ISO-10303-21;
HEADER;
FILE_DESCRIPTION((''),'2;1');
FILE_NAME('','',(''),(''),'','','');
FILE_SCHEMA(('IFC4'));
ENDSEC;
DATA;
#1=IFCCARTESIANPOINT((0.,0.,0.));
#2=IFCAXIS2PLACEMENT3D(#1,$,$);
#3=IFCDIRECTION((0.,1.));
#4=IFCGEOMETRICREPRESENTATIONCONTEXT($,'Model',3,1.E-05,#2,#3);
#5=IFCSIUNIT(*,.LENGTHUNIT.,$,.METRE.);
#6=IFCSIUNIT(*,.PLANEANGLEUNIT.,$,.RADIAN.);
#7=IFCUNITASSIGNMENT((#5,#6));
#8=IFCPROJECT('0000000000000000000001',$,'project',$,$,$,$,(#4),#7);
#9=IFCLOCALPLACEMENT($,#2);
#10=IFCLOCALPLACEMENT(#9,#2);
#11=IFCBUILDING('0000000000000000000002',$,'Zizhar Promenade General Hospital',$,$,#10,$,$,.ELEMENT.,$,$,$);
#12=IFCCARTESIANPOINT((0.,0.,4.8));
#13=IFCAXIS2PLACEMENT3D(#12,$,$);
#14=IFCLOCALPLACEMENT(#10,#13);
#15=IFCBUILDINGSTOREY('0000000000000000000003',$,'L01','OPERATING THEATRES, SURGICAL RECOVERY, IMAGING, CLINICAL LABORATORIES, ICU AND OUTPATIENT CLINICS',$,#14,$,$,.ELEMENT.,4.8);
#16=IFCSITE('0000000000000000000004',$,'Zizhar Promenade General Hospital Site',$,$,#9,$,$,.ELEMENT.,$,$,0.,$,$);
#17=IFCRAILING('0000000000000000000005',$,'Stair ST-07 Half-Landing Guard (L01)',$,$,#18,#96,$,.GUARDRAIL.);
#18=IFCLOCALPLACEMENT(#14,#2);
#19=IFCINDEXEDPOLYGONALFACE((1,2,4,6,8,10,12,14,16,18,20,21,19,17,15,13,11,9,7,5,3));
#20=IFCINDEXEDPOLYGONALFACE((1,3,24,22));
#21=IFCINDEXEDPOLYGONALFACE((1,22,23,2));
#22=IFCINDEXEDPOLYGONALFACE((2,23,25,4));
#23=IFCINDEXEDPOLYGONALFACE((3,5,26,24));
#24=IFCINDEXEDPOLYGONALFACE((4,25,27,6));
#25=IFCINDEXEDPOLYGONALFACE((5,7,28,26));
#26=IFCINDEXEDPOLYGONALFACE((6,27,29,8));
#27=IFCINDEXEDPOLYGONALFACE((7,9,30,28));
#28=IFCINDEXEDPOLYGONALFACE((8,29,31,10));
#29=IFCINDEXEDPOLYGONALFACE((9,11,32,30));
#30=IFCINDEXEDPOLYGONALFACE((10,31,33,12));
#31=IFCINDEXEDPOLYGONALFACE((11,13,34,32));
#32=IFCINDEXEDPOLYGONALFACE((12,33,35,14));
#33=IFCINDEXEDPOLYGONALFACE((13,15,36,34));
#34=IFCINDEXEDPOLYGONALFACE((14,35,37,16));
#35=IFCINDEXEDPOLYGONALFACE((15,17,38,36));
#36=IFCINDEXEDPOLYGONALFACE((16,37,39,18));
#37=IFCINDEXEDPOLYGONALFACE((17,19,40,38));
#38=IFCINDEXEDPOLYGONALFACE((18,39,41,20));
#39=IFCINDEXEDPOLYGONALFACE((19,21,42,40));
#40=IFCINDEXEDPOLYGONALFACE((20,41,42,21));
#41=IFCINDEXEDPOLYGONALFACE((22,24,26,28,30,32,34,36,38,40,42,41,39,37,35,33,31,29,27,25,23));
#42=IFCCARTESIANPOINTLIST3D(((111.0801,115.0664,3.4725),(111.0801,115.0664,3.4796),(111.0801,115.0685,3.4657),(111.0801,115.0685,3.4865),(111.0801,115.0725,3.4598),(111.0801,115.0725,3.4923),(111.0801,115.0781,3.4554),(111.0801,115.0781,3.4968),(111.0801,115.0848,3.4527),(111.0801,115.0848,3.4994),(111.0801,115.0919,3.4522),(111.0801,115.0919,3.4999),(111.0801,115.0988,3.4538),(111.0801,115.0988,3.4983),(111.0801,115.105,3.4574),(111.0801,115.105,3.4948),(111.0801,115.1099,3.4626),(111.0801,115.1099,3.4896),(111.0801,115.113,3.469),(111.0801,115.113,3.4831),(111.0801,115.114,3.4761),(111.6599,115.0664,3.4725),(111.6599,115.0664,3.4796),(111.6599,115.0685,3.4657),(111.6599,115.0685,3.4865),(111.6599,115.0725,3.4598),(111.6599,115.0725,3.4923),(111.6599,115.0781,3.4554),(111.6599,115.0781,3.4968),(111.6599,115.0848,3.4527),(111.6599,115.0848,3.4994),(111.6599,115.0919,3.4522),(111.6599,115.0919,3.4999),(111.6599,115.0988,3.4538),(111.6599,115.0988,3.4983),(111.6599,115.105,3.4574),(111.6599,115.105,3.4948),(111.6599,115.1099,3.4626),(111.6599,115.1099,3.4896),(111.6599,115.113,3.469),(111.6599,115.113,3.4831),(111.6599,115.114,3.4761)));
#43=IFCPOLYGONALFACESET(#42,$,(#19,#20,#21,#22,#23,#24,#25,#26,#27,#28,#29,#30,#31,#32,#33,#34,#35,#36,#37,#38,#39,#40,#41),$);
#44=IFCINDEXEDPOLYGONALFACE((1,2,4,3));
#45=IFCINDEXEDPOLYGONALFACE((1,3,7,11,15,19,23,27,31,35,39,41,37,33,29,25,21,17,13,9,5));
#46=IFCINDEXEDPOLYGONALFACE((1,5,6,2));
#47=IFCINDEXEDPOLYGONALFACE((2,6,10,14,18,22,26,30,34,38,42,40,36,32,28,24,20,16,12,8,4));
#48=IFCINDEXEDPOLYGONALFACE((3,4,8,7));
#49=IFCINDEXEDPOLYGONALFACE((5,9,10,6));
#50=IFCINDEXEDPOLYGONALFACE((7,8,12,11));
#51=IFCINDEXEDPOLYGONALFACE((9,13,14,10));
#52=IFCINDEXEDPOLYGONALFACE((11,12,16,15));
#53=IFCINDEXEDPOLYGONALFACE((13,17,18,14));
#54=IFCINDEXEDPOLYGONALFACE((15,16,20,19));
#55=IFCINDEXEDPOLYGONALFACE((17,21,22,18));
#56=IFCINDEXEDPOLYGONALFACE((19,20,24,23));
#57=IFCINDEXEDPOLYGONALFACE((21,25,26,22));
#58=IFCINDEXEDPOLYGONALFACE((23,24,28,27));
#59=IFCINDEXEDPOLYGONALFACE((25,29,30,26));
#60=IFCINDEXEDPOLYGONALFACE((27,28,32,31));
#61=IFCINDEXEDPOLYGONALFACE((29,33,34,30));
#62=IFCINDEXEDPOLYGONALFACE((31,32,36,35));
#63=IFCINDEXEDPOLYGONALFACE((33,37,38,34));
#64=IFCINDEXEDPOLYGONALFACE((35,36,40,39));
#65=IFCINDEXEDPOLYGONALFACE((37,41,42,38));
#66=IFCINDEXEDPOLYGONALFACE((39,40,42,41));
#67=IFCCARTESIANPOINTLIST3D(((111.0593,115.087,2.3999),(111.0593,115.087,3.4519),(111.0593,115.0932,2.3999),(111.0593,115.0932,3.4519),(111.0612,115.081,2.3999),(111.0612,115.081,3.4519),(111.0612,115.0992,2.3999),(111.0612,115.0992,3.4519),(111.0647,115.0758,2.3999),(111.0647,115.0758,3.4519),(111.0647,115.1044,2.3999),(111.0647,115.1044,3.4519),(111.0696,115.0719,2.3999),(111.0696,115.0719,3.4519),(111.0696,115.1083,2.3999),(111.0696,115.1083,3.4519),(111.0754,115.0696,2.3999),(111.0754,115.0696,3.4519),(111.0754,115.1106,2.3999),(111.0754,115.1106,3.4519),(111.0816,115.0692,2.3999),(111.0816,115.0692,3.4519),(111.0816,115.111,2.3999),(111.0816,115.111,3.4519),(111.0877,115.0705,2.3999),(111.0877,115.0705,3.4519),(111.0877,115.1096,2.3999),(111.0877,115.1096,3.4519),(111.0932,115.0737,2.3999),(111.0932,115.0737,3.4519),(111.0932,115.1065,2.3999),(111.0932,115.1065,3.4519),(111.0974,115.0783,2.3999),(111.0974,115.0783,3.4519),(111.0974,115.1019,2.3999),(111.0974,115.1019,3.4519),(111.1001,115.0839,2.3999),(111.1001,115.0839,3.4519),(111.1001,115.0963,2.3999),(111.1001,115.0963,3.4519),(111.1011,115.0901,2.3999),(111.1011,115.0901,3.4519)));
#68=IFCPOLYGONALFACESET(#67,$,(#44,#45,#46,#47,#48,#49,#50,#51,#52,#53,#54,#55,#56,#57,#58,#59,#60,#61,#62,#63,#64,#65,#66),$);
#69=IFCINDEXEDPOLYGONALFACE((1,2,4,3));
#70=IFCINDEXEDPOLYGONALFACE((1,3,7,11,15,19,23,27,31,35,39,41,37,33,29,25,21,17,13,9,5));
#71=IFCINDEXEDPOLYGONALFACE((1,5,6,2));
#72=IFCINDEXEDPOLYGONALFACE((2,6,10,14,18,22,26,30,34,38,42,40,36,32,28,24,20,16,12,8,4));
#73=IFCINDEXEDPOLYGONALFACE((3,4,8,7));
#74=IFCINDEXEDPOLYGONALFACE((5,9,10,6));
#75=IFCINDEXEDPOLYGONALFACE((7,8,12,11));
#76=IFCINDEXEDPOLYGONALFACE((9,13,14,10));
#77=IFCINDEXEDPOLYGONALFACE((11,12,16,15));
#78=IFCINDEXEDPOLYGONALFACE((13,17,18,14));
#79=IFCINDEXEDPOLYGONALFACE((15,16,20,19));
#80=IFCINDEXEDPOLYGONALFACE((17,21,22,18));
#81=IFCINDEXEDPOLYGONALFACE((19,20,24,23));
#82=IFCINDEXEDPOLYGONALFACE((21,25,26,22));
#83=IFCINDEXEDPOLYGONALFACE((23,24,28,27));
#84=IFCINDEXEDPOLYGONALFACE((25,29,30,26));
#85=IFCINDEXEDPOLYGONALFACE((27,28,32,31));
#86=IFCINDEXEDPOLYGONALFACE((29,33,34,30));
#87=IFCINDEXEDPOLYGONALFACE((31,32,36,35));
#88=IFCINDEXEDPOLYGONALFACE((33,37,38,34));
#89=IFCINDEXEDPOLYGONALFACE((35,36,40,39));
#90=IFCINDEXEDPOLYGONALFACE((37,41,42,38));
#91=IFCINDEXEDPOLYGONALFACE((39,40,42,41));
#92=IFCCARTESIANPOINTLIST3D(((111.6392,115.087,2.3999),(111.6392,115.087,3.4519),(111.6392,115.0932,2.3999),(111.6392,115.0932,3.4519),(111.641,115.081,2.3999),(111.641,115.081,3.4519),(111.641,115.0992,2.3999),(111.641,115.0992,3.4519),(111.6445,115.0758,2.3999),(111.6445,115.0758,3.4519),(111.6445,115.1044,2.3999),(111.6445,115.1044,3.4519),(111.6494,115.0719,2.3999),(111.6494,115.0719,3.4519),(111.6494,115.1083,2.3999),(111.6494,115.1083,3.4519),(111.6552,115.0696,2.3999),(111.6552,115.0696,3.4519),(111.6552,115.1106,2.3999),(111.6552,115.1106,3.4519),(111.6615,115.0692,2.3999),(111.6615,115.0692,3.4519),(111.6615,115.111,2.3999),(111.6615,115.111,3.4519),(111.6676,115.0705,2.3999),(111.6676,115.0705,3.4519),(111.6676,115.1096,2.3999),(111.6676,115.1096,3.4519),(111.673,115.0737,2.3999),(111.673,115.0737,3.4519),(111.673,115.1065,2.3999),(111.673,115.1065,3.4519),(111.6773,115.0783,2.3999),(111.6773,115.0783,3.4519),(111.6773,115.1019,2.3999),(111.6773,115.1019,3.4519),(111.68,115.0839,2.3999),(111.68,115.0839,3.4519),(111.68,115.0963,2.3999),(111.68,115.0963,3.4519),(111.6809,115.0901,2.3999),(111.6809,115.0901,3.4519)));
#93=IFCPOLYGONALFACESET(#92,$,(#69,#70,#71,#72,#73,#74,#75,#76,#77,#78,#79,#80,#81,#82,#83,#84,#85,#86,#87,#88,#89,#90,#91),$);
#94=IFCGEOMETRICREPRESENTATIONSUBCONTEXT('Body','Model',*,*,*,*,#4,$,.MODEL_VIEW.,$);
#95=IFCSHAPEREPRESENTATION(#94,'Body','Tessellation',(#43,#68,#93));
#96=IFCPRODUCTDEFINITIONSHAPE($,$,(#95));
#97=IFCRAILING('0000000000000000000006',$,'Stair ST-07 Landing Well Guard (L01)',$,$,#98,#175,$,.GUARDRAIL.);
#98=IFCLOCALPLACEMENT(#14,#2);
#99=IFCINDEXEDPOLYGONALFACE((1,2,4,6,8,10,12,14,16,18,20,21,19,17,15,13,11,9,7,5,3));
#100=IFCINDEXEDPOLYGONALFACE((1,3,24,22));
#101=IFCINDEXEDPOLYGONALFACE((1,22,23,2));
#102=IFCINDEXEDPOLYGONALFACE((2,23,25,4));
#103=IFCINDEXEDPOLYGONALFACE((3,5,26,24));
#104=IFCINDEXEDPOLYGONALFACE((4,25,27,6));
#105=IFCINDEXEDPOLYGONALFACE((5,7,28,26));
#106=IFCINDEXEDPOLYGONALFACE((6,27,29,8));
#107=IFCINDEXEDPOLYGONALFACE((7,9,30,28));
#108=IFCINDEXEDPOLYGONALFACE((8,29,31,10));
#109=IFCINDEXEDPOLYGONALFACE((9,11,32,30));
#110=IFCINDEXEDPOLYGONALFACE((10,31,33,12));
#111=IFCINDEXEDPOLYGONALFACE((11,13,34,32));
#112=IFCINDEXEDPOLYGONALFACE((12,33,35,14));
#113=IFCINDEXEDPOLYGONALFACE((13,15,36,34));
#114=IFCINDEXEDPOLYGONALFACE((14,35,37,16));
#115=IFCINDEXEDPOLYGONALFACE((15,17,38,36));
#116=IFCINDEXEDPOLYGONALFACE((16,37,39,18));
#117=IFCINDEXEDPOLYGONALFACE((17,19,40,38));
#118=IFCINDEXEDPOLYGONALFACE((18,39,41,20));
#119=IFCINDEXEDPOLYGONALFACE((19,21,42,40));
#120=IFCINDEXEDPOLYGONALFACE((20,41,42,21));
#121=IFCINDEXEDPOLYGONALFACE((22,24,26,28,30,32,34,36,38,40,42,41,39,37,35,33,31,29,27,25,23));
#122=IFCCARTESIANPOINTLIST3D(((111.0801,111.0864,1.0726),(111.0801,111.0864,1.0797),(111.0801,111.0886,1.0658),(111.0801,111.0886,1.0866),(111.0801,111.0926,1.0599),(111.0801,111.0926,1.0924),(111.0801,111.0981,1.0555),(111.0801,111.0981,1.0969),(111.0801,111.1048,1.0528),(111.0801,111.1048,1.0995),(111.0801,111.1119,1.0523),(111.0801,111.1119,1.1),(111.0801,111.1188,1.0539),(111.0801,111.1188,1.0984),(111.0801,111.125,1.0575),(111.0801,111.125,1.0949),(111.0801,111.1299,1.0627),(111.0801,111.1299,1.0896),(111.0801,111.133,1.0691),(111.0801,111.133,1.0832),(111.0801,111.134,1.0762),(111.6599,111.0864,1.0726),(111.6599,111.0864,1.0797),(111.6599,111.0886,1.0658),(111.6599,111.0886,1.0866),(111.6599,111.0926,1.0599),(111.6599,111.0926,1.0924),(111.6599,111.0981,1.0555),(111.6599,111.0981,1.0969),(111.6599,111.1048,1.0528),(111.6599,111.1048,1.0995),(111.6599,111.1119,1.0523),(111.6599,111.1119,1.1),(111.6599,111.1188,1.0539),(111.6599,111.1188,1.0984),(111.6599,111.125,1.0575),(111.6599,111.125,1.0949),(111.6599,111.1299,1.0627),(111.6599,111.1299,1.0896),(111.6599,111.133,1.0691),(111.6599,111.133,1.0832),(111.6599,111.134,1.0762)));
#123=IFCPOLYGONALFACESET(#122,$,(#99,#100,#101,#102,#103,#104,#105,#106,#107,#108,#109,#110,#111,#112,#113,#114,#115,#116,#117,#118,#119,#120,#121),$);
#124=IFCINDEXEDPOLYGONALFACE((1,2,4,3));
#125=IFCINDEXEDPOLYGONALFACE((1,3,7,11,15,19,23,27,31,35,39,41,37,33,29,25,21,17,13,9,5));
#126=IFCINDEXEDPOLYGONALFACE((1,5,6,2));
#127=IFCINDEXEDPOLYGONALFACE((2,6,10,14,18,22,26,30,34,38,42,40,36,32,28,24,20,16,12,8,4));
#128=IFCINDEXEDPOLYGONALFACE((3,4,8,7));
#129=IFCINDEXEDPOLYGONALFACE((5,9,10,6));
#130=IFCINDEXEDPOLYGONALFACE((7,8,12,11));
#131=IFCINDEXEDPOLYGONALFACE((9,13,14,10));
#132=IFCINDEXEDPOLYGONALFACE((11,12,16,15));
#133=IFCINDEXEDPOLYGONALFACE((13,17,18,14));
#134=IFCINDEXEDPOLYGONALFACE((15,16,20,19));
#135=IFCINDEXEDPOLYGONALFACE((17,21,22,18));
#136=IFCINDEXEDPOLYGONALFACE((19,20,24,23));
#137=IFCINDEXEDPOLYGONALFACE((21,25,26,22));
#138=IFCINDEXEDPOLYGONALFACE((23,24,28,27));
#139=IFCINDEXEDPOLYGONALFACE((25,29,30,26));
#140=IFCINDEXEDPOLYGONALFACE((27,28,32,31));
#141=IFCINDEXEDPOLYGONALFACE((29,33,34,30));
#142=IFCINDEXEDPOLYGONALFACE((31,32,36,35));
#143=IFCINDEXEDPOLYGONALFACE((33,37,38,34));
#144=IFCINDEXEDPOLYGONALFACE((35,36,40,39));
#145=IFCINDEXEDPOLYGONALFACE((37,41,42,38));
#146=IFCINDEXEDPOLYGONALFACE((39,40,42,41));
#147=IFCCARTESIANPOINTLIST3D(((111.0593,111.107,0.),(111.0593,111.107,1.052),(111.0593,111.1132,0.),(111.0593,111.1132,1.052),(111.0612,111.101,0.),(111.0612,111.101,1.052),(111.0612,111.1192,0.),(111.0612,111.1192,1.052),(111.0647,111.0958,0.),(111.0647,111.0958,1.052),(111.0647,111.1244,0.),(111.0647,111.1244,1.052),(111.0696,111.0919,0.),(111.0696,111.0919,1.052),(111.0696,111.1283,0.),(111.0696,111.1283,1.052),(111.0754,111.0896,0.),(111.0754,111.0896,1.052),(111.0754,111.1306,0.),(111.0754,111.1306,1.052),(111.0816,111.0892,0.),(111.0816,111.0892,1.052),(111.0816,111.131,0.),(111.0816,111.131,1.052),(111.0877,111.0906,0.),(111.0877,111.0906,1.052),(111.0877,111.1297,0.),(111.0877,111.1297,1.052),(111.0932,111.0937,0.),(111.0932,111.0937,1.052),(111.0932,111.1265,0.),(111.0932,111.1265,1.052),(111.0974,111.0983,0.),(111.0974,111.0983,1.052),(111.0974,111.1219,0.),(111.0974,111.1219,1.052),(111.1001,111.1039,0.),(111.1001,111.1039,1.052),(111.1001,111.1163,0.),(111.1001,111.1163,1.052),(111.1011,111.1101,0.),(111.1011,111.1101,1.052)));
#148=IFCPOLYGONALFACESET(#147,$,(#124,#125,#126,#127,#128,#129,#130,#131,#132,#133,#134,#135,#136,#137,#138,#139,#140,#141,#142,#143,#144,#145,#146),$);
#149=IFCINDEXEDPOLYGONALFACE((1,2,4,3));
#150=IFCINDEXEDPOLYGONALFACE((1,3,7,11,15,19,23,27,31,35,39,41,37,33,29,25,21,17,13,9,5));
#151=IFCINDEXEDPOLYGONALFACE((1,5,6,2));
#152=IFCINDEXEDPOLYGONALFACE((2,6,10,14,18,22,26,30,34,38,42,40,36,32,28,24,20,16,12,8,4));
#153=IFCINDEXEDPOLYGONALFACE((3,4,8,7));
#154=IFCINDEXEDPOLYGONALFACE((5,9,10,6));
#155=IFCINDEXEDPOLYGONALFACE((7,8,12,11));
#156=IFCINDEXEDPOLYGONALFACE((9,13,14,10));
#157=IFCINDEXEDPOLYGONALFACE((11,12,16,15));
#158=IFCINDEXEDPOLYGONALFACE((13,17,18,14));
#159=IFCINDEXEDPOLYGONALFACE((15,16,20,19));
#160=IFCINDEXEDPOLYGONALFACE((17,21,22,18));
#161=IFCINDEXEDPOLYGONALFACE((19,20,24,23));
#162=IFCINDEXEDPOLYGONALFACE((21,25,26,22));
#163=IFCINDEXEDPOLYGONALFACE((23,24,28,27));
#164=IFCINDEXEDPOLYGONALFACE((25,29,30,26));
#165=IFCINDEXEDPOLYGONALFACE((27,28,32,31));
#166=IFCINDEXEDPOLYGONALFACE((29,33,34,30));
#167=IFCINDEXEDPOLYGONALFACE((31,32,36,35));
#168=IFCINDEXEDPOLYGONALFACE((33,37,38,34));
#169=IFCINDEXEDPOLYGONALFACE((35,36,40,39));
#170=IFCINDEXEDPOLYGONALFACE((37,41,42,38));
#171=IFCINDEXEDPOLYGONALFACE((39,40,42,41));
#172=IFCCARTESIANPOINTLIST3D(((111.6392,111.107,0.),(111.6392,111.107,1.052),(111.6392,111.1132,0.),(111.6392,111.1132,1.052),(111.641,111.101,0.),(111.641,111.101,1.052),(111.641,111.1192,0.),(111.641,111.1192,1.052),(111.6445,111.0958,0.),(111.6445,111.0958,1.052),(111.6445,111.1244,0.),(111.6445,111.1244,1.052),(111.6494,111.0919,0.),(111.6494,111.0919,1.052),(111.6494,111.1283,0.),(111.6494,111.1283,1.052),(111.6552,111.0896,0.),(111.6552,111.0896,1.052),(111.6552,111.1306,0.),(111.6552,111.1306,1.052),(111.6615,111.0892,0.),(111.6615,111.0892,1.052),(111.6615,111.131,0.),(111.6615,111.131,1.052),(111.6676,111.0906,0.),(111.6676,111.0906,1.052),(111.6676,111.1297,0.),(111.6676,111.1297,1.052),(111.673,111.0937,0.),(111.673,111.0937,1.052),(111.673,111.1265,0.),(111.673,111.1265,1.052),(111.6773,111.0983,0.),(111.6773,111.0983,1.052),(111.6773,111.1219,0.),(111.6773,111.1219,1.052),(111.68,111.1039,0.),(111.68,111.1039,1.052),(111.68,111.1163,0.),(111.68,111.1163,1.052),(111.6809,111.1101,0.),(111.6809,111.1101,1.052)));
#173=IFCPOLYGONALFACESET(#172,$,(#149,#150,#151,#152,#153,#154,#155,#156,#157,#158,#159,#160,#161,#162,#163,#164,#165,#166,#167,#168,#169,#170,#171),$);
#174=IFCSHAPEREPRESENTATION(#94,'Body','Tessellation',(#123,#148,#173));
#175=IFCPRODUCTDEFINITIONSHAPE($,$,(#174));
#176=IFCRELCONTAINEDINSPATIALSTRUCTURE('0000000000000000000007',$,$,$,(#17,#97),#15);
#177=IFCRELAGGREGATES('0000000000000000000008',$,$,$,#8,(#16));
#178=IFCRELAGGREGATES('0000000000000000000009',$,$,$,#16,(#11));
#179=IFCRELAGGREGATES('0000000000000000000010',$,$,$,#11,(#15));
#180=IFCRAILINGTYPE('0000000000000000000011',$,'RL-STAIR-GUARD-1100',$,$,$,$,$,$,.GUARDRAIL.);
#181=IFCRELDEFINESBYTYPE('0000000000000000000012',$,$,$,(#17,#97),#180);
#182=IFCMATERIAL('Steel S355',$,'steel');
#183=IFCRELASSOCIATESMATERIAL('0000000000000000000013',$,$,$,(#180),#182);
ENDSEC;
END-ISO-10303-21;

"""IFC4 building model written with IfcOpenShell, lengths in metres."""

from ifc_helpers import new_model, si_unit, direction, frame, origin, origin_2d, place, context, subcontext, project, spatial, circle, hollow_circle, extrude, material, material_profile, profile_set, type_object, element, save


model = new_model("IFC4")

# Units and contexts
model_context = context("Model", 3, precision=1e-05, world=origin(), true_north=direction((0.0, 1.0)))
body_context = subcontext(model_context, "Body", "Model", "MODEL_VIEW")
ifc_project = project(units=[si_unit("LENGTHUNIT", "METRE"), si_unit("PLANEANGLEUNIT", "RADIAN")], contexts=[model_context])

# Site, building, storey
site_placement = place(None, origin())
site = spatial("IfcSite", under=ifc_project, at=site_placement, Name="Zizhar Promenade General Hospital Site", CompositionType="ELEMENT", RefElevation=0.0)
building_placement = place(site_placement, origin())
building = spatial("IfcBuilding", under=site, at=building_placement, Name="Zizhar Promenade General Hospital", CompositionType="ELEMENT")
storey_placement = place(building_placement, frame((0.0, 0.0, 4.8)))
storey = spatial("IfcBuildingStorey", under=building, at=storey_placement, Name="L01", Description="OPERATING THEATRES, SURGICAL RECOVERY, IMAGING, CLINICAL LABORATORIES, ICU AND OUTPATIENT CLINICS", CompositionType="ELEMENT", Elevation=4.8)

# Railings
ifc_material_1 = material(Name="Steel S355", Category="steel")
ifc_material_profile_1 = material_profile(ifc_material_1, hollow_circle(Radius=0.0698, WallThickness=0.0063, at=origin_2d()))
ifc_profile_set_1 = profile_set([ifc_material_profile_1], Name="Steel S355")
railing_type_1 = type_object("IfcRailingType", Name="RL-STAIR-GUARD-1100", PredefinedType="GUARDRAIL", material=ifc_profile_set_1)
for number, where, name in (
    (1, (111.0801, 115.0901, 2.3999), "Stair ST-07 Half-Landing Guard (L01)"),
    (2, (111.0801, 111.1101, 0.0), "Stair ST-07 Landing Well Guard (L01)"),
):
    element("IfcRailing", number, at=place(storey_placement, frame(where)), inside=storey, type_object=railing_type_1, Name=name, PredefinedType="GUARDRAIL", context=body_context, shape_type="SweptSolid", body=[
        extrude(circle(Radius=0.0239, at=origin_2d()), frame((0.0, 0.0, 1.0762), z_axis=(1.0, 0.0, 0.0), x_axis=(0.0, 1.0, 0.0)), (0.0, 0.0, 1.0), 0.5798),
        extrude(circle(Radius=0.021, at=origin_2d()), origin(), (0.0, 0.0, 1.0), 1.052),
        extrude(circle(Radius=0.021, at=origin_2d()), frame((0.5798, 0.0, 0.0)), (0.0, 0.0, 1.0), 1.052),
    ])

save(model, "model.ifc")
